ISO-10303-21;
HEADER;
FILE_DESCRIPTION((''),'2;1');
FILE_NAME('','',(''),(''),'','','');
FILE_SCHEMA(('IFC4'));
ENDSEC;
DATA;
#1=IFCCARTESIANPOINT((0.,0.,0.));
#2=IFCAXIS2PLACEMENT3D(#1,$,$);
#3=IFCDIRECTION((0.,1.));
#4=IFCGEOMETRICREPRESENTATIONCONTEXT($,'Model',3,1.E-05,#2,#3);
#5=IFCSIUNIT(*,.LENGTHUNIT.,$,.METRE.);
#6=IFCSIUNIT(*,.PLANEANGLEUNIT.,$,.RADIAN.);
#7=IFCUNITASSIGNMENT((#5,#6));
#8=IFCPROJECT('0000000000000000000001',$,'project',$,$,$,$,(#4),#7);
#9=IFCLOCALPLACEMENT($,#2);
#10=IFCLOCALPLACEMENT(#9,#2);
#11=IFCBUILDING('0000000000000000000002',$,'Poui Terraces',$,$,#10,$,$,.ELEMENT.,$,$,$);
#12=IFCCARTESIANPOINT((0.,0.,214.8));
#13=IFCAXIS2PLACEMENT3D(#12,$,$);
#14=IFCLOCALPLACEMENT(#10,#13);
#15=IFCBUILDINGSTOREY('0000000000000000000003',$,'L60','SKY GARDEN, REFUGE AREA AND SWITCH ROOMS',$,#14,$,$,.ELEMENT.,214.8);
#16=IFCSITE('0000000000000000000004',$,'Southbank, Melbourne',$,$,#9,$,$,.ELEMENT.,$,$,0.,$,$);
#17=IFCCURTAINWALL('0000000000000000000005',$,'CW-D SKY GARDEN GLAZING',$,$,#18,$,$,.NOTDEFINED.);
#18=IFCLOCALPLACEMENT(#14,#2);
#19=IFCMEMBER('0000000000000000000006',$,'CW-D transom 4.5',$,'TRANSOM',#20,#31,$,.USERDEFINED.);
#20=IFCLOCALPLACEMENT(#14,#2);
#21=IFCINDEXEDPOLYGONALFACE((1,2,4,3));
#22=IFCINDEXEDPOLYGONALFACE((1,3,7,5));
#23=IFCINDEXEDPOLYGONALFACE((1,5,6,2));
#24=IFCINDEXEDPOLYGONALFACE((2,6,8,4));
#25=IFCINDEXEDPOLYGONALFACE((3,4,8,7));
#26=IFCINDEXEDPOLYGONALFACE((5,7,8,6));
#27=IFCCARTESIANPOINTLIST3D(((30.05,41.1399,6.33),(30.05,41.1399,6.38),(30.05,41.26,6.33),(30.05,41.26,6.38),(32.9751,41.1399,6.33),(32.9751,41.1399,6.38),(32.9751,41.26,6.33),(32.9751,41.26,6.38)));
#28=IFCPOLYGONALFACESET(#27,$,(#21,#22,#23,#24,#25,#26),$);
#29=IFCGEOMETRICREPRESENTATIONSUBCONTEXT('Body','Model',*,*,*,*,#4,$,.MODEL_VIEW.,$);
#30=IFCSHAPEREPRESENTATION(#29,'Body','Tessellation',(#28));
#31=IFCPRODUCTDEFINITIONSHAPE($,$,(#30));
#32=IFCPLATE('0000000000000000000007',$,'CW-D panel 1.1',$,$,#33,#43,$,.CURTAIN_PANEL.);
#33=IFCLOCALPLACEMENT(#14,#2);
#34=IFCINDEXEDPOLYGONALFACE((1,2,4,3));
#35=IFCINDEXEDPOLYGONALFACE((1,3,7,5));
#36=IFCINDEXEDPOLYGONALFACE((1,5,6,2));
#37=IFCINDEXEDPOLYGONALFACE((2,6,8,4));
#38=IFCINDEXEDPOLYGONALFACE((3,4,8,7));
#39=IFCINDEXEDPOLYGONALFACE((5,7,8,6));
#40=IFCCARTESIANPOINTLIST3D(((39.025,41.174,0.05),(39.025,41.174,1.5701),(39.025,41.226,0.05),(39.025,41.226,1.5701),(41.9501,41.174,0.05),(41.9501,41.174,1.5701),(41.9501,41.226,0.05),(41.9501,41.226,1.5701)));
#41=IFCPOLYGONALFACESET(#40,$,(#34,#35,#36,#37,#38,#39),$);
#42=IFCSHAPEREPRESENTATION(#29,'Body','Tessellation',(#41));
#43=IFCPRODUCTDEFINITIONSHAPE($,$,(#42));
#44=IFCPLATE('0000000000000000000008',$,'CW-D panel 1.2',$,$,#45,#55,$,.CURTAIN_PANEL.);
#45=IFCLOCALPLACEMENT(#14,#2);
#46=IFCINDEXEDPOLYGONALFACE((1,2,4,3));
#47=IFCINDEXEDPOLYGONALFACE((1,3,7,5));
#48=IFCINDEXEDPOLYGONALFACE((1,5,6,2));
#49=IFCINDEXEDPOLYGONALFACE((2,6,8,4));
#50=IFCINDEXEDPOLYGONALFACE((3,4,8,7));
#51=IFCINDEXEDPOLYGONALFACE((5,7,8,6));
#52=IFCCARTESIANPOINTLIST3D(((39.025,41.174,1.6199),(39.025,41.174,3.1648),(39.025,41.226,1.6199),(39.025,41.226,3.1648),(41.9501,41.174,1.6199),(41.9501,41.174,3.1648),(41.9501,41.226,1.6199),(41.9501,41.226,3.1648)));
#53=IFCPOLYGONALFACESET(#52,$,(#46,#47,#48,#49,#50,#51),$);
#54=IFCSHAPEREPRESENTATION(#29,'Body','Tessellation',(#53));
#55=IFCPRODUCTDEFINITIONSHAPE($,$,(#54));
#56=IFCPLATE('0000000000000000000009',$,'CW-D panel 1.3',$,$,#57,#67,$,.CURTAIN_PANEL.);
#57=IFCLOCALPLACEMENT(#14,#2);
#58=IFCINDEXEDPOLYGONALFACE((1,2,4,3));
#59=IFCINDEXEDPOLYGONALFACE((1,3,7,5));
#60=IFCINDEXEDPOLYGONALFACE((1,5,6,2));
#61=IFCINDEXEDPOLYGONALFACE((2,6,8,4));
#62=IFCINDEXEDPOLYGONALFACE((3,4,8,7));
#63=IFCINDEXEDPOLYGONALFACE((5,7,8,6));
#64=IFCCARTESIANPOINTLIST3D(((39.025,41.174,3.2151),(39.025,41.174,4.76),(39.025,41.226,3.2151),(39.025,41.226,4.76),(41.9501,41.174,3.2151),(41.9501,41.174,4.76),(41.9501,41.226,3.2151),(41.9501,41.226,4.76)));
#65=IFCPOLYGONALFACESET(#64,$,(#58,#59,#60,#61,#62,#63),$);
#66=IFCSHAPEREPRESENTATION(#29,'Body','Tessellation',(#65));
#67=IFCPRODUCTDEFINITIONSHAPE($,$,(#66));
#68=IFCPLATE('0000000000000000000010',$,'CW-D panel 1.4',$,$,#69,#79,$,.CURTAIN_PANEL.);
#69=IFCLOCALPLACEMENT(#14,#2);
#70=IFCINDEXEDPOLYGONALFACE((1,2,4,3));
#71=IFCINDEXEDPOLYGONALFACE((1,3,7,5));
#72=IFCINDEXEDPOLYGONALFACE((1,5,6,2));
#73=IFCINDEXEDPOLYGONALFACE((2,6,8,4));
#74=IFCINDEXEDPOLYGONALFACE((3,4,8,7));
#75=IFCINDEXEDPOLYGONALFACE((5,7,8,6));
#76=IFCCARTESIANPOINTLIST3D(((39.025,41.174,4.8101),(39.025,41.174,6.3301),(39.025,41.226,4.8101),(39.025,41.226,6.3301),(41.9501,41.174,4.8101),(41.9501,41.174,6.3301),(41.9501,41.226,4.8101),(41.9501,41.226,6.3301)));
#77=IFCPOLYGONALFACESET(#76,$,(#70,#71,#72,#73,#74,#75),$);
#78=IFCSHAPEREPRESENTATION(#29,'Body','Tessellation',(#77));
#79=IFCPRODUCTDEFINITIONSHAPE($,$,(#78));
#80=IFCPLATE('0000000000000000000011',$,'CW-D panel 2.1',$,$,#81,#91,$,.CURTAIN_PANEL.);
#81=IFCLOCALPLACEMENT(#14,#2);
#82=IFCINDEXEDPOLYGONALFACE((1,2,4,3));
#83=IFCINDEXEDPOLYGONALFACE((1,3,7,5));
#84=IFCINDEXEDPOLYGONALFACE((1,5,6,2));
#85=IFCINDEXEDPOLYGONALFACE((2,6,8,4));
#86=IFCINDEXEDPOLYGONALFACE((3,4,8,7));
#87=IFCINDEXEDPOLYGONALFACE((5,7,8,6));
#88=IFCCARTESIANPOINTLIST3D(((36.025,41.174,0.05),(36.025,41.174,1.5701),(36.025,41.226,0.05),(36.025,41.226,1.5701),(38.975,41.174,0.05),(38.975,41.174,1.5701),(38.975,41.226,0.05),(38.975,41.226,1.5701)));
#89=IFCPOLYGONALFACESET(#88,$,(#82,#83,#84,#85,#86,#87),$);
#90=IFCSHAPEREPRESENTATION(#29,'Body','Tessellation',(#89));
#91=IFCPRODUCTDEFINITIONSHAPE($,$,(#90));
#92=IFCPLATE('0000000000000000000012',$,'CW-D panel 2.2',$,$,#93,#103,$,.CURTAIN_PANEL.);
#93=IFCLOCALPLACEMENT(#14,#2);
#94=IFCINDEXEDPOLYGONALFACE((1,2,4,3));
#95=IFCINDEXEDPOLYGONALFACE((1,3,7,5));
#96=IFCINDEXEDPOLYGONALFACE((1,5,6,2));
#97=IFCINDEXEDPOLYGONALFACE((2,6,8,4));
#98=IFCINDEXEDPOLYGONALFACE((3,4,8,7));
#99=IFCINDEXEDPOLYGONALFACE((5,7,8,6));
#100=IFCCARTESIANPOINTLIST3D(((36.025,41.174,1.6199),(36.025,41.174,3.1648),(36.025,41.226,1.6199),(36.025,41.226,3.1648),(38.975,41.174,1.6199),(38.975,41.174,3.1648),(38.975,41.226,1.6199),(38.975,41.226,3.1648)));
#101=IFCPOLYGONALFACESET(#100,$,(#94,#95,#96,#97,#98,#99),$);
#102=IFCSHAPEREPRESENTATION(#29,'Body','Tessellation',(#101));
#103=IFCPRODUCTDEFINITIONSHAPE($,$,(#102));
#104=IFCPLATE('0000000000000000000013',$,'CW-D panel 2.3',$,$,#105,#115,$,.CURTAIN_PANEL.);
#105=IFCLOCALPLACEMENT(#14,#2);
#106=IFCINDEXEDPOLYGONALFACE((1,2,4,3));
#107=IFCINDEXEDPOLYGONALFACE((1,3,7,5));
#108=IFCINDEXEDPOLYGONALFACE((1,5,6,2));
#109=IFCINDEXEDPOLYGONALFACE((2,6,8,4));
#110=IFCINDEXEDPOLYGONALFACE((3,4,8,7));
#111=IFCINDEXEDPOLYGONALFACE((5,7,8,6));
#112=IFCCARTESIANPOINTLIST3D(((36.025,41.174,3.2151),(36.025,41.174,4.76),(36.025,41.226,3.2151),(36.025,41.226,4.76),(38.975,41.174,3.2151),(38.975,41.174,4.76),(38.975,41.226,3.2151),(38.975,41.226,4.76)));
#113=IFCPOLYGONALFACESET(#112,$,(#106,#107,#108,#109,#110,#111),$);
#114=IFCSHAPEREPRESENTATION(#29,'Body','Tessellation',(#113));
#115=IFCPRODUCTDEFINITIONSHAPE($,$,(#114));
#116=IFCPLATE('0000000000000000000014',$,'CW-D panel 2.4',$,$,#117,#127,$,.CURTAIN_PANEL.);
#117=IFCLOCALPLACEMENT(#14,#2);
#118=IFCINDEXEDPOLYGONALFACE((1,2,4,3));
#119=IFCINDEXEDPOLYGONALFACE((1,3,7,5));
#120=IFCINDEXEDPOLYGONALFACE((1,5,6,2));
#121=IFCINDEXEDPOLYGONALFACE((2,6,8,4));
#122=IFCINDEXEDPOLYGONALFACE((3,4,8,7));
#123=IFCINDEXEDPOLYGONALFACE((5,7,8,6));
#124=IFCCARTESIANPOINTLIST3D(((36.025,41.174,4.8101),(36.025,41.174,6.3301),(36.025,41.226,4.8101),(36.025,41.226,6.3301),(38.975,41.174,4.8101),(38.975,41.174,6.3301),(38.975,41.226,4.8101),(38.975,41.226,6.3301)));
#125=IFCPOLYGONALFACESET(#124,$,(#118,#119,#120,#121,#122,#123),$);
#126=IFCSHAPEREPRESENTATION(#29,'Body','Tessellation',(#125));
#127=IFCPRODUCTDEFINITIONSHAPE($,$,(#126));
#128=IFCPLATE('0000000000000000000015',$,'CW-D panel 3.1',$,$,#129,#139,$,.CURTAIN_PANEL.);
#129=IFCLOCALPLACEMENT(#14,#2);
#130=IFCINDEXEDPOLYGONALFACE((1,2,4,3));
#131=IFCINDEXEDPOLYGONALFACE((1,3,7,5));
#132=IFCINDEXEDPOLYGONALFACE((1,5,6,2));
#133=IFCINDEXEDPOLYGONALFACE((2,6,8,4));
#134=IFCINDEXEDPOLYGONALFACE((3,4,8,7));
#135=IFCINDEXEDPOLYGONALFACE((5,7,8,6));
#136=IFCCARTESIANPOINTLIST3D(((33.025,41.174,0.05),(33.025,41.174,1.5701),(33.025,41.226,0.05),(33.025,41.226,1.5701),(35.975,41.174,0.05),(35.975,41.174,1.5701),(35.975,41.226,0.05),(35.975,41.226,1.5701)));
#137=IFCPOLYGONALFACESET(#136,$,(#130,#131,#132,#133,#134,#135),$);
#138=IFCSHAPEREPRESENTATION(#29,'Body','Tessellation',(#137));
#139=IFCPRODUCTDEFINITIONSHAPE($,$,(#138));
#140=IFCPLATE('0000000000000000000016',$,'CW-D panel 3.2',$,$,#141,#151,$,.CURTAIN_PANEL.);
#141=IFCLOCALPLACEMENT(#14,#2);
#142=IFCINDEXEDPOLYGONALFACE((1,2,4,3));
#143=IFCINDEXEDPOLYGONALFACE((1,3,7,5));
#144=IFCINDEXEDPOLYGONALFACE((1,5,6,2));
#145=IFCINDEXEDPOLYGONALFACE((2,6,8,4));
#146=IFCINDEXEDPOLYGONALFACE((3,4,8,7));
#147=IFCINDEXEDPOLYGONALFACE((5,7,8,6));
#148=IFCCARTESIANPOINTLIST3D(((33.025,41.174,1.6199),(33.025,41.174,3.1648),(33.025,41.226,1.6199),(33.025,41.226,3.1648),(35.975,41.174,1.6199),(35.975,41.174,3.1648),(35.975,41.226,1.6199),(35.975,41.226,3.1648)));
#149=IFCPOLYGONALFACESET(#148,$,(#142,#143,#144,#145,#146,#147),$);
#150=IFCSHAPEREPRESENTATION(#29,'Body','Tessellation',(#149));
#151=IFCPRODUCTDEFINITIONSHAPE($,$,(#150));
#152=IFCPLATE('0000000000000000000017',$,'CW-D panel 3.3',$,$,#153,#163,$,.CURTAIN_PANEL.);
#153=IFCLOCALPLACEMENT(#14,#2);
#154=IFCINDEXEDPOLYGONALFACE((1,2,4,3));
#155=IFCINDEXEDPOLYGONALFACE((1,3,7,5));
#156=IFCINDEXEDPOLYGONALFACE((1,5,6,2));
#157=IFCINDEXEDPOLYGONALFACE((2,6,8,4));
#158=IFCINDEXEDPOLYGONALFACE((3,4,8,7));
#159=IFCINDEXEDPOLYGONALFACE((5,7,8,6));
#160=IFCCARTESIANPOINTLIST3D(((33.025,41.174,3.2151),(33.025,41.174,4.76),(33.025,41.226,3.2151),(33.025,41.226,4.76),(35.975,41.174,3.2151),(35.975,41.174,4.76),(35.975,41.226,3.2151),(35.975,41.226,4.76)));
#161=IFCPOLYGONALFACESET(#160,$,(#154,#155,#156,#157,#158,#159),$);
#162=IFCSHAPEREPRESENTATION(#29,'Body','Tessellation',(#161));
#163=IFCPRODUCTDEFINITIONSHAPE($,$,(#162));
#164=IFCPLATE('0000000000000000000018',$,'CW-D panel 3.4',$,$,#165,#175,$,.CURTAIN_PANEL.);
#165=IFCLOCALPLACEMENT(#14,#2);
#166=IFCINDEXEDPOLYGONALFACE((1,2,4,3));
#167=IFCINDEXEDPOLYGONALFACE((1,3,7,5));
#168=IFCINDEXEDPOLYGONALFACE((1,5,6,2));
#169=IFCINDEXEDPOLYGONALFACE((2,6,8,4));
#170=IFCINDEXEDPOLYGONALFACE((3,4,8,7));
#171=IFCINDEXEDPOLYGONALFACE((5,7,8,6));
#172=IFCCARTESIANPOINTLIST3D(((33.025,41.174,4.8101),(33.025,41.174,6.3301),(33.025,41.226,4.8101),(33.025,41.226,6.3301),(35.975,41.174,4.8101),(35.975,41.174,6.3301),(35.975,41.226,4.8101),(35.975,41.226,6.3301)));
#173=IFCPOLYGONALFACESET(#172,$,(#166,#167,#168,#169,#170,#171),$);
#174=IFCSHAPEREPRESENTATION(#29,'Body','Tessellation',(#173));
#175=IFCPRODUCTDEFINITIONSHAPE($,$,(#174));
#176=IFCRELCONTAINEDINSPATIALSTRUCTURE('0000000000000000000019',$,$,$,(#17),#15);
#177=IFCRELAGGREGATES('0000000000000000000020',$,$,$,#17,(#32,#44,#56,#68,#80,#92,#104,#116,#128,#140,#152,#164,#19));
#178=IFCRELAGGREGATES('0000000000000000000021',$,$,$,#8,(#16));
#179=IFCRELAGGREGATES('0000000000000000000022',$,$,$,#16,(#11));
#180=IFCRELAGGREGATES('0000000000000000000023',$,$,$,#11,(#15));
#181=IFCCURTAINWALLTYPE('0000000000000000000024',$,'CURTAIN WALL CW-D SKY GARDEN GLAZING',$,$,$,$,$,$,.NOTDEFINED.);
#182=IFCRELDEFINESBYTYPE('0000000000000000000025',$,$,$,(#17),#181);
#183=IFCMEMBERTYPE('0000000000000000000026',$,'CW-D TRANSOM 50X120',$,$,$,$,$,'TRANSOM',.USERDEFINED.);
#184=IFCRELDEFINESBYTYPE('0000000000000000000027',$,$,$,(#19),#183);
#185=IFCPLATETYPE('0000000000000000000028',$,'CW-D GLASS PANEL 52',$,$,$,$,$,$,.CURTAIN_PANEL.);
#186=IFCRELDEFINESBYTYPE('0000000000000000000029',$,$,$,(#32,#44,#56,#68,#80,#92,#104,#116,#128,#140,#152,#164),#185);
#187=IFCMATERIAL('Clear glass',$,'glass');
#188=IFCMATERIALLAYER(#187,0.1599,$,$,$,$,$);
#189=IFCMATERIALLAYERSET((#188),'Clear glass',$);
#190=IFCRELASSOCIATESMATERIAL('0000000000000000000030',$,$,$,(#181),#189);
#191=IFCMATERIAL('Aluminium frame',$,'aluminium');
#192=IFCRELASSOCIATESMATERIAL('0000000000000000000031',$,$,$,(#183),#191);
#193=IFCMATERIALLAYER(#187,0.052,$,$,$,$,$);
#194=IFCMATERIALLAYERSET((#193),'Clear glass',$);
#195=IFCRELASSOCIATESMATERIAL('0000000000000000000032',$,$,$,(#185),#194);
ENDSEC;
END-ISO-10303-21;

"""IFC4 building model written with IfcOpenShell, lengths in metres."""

from ifc_helpers import new_model, si_unit, direction, frame, origin, origin_2d, place, context, subcontext, project, spatial, rectangle, extrude, material, layer, layer_set, material_profile, profile_set, type_object, element, aggregate, save


model = new_model("IFC4")

# Units and contexts
model_context = context("Model", 3, precision=1e-05, world=origin(), true_north=direction((0.0, 1.0)))
body_context = subcontext(model_context, "Body", "Model", "MODEL_VIEW")
ifc_project = project(units=[si_unit("LENGTHUNIT", "METRE"), si_unit("PLANEANGLEUNIT", "RADIAN")], contexts=[model_context])

# Site, building, storey
site_placement = place(None, origin())
site = spatial("IfcSite", under=ifc_project, at=site_placement, Name="Southbank, Melbourne", CompositionType="ELEMENT", RefElevation=0.0)
building_placement = place(site_placement, origin())
building = spatial("IfcBuilding", under=site, at=building_placement, Name="Poui Terraces", CompositionType="ELEMENT")
storey_placement = place(building_placement, frame((0.0, 0.0, 214.8)))
storey = spatial("IfcBuildingStorey", under=building, at=storey_placement, Name="L60", Description="SKY GARDEN, REFUGE AREA AND SWITCH ROOMS", CompositionType="ELEMENT", Elevation=214.8)

# Curtain wall, member, plates
ifc_material_1 = material(Name="Clear glass", Category="glass")
ifc_layer_1 = layer(ifc_material_1, 0.1599)
ifc_layer_set_1 = layer_set([ifc_layer_1], Name="Clear glass")
curtain_wall_type = type_object("IfcCurtainWallType", Name="CURTAIN WALL CW-D SKY GARDEN GLAZING", PredefinedType="NOTDEFINED", material=ifc_layer_set_1)
curtain_wall_placement = place(storey_placement, origin())
curtain_wall = element("IfcCurtainWall", 1, at=curtain_wall_placement, inside=storey, type_object=curtain_wall_type, Name="CW-D SKY GARDEN GLAZING", PredefinedType="NOTDEFINED")
ifc_material_2 = material(Name="Aluminium frame", Category="aluminium")
ifc_material_profile_1 = material_profile(ifc_material_2, rectangle(XDim=0.1201, YDim=0.05, at=origin_2d()), Name="CW-D TRANSOM 50X120")
ifc_profile_set_1 = profile_set([ifc_material_profile_1], Name="Aluminium frame")
member_type_1 = type_object("IfcMemberType", Name="CW-D TRANSOM 50X120", ElementType="TRANSOM", PredefinedType="USERDEFINED", material=ifc_profile_set_1)
member_1_placement = place(storey_placement, frame((32.9751, 41.2, 6.355), z_axis=(-1.0, 0.0, 0.0), x_axis=(0.0, -1.0, 0.0)))
member_1 = element("IfcMember", 2, at=member_1_placement, type_object=member_type_1, Name="CW-D transom 4.5", ObjectType="TRANSOM", PredefinedType="USERDEFINED", context=body_context, shape_type="SweptSolid", body=[
    extrude(rectangle(XDim=0.1201, YDim=0.05, at=origin_2d()), origin(), (0.0, 0.0, 1.0), 2.925),
])
ifc_layer_2 = layer(ifc_material_1, 0.052)
ifc_layer_set_2 = layer_set([ifc_layer_2], Name="Clear glass")
plate_type = type_object("IfcPlateType", Name="CW-D GLASS PANEL 52", PredefinedType="CURTAIN_PANEL", material=ifc_layer_set_2)
plate_1_placement = place(storey_placement, frame((40.4875, 41.2, 0.05), z_axis=(0.0, 0.0, 1.0), x_axis=(-1.0, 0.0, 0.0)))
plate_1 = element("IfcPlate", 3, at=plate_1_placement, type_object=plate_type, Name="CW-D panel 1.1", PredefinedType="CURTAIN_PANEL", context=body_context, shape_type="SweptSolid", body=[
    extrude(rectangle(XDim=2.925, YDim=0.052, at=origin_2d()), origin(), (0.0, 0.0, 1.0), 1.52),
])
plate_2_placement = place(storey_placement, frame((40.4875, 41.2, 1.6199), z_axis=(0.0, 0.0, 1.0), x_axis=(-1.0, 0.0, 0.0)))
plate_2 = element("IfcPlate", 4, at=plate_2_placement, type_object=plate_type, Name="CW-D panel 1.2", PredefinedType="CURTAIN_PANEL", context=body_context, shape_type="SweptSolid", body=[
    extrude(rectangle(XDim=2.925, YDim=0.052, at=origin_2d()), origin(), (0.0, 0.0, 1.0), 1.5449),
])
plate_3_placement = place(storey_placement, frame((40.4875, 41.2, 3.2151), z_axis=(0.0, 0.0, 1.0), x_axis=(-1.0, 0.0, 0.0)))
plate_3 = element("IfcPlate", 5, at=plate_3_placement, type_object=plate_type, Name="CW-D panel 1.3", PredefinedType="CURTAIN_PANEL", context=body_context, shape_type="SweptSolid", body=[
    extrude(rectangle(XDim=2.925, YDim=0.052, at=origin_2d()), origin(), (0.0, 0.0, 1.0), 1.5449),
])
plate_4_placement = place(storey_placement, frame((40.4875, 41.2, 4.8101), z_axis=(0.0, 0.0, 1.0), x_axis=(-1.0, 0.0, 0.0)))
plate_4 = element("IfcPlate", 6, at=plate_4_placement, type_object=plate_type, Name="CW-D panel 1.4", PredefinedType="CURTAIN_PANEL", context=body_context, shape_type="SweptSolid", body=[
    extrude(rectangle(XDim=2.925, YDim=0.052, at=origin_2d()), origin(), (0.0, 0.0, 1.0), 1.52),
])
plate_5_placement = place(storey_placement, frame((37.5, 41.2, 0.05), z_axis=(0.0, 0.0, 1.0), x_axis=(-1.0, 0.0, 0.0)))
plate_5 = element("IfcPlate", 7, at=plate_5_placement, type_object=plate_type, Name="CW-D panel 2.1", PredefinedType="CURTAIN_PANEL", context=body_context, shape_type="SweptSolid", body=[
    extrude(rectangle(XDim=2.95, YDim=0.052, at=origin_2d()), origin(), (0.0, 0.0, 1.0), 1.52),
])
plate_6_placement = place(storey_placement, frame((37.5, 41.2, 1.6199), z_axis=(0.0, 0.0, 1.0), x_axis=(-1.0, 0.0, 0.0)))
plate_6 = element("IfcPlate", 8, at=plate_6_placement, type_object=plate_type, Name="CW-D panel 2.2", PredefinedType="CURTAIN_PANEL", context=body_context, shape_type="SweptSolid", body=[
    extrude(rectangle(XDim=2.95, YDim=0.052, at=origin_2d()), origin(), (0.0, 0.0, 1.0), 1.5449),
])
plate_7_placement = place(storey_placement, frame((37.5, 41.2, 3.2151), z_axis=(0.0, 0.0, 1.0), x_axis=(-1.0, 0.0, 0.0)))
plate_7 = element("IfcPlate", 9, at=plate_7_placement, type_object=plate_type, Name="CW-D panel 2.3", PredefinedType="CURTAIN_PANEL", context=body_context, shape_type="SweptSolid", body=[
    extrude(rectangle(XDim=2.95, YDim=0.052, at=origin_2d()), origin(), (0.0, 0.0, 1.0), 1.5449),
])
plate_8_placement = place(storey_placement, frame((37.5, 41.2, 4.8101), z_axis=(0.0, 0.0, 1.0), x_axis=(-1.0, 0.0, 0.0)))
plate_8 = element("IfcPlate", 10, at=plate_8_placement, type_object=plate_type, Name="CW-D panel 2.4", PredefinedType="CURTAIN_PANEL", context=body_context, shape_type="SweptSolid", body=[
    extrude(rectangle(XDim=2.95, YDim=0.052, at=origin_2d()), origin(), (0.0, 0.0, 1.0), 1.52),
])
plate_9_placement = place(storey_placement, frame((34.5, 41.2, 0.05), z_axis=(0.0, 0.0, 1.0), x_axis=(-1.0, 0.0, 0.0)))
plate_9 = element("IfcPlate", 11, at=plate_9_placement, type_object=plate_type, Name="CW-D panel 3.1", PredefinedType="CURTAIN_PANEL", context=body_context, shape_type="SweptSolid", body=[
    extrude(rectangle(XDim=2.95, YDim=0.052, at=origin_2d()), origin(), (0.0, 0.0, 1.0), 1.52),
])
plate_10_placement = place(storey_placement, frame((34.5, 41.2, 1.6199), z_axis=(0.0, 0.0, 1.0), x_axis=(-1.0, 0.0, 0.0)))
plate_10 = element("IfcPlate", 12, at=plate_10_placement, type_object=plate_type, Name="CW-D panel 3.2", PredefinedType="CURTAIN_PANEL", context=body_context, shape_type="SweptSolid", body=[
    extrude(rectangle(XDim=2.95, YDim=0.052, at=origin_2d()), origin(), (0.0, 0.0, 1.0), 1.5449),
])
plate_11_placement = place(storey_placement, frame((34.5, 41.2, 3.2151), z_axis=(0.0, 0.0, 1.0), x_axis=(-1.0, 0.0, 0.0)))
plate_11 = element("IfcPlate", 13, at=plate_11_placement, type_object=plate_type, Name="CW-D panel 3.3", PredefinedType="CURTAIN_PANEL", context=body_context, shape_type="SweptSolid", body=[
    extrude(rectangle(XDim=2.95, YDim=0.052, at=origin_2d()), origin(), (0.0, 0.0, 1.0), 1.5449),
])
plate_12_placement = place(storey_placement, frame((34.5, 41.2, 4.8101), z_axis=(0.0, 0.0, 1.0), x_axis=(-1.0, 0.0, 0.0)))
plate_12 = element("IfcPlate", 14, at=plate_12_placement, type_object=plate_type, Name="CW-D panel 3.4", PredefinedType="CURTAIN_PANEL", context=body_context, shape_type="SweptSolid", body=[
    extrude(rectangle(XDim=2.95, YDim=0.052, at=origin_2d()), origin(), (0.0, 0.0, 1.0), 1.52),
])
aggregate(curtain_wall, [plate_1, plate_2, plate_3, plate_4, plate_5, plate_6, plate_7, plate_8, plate_9, plate_10, plate_11, plate_12, member_1])

save(model, "model.ifc")
